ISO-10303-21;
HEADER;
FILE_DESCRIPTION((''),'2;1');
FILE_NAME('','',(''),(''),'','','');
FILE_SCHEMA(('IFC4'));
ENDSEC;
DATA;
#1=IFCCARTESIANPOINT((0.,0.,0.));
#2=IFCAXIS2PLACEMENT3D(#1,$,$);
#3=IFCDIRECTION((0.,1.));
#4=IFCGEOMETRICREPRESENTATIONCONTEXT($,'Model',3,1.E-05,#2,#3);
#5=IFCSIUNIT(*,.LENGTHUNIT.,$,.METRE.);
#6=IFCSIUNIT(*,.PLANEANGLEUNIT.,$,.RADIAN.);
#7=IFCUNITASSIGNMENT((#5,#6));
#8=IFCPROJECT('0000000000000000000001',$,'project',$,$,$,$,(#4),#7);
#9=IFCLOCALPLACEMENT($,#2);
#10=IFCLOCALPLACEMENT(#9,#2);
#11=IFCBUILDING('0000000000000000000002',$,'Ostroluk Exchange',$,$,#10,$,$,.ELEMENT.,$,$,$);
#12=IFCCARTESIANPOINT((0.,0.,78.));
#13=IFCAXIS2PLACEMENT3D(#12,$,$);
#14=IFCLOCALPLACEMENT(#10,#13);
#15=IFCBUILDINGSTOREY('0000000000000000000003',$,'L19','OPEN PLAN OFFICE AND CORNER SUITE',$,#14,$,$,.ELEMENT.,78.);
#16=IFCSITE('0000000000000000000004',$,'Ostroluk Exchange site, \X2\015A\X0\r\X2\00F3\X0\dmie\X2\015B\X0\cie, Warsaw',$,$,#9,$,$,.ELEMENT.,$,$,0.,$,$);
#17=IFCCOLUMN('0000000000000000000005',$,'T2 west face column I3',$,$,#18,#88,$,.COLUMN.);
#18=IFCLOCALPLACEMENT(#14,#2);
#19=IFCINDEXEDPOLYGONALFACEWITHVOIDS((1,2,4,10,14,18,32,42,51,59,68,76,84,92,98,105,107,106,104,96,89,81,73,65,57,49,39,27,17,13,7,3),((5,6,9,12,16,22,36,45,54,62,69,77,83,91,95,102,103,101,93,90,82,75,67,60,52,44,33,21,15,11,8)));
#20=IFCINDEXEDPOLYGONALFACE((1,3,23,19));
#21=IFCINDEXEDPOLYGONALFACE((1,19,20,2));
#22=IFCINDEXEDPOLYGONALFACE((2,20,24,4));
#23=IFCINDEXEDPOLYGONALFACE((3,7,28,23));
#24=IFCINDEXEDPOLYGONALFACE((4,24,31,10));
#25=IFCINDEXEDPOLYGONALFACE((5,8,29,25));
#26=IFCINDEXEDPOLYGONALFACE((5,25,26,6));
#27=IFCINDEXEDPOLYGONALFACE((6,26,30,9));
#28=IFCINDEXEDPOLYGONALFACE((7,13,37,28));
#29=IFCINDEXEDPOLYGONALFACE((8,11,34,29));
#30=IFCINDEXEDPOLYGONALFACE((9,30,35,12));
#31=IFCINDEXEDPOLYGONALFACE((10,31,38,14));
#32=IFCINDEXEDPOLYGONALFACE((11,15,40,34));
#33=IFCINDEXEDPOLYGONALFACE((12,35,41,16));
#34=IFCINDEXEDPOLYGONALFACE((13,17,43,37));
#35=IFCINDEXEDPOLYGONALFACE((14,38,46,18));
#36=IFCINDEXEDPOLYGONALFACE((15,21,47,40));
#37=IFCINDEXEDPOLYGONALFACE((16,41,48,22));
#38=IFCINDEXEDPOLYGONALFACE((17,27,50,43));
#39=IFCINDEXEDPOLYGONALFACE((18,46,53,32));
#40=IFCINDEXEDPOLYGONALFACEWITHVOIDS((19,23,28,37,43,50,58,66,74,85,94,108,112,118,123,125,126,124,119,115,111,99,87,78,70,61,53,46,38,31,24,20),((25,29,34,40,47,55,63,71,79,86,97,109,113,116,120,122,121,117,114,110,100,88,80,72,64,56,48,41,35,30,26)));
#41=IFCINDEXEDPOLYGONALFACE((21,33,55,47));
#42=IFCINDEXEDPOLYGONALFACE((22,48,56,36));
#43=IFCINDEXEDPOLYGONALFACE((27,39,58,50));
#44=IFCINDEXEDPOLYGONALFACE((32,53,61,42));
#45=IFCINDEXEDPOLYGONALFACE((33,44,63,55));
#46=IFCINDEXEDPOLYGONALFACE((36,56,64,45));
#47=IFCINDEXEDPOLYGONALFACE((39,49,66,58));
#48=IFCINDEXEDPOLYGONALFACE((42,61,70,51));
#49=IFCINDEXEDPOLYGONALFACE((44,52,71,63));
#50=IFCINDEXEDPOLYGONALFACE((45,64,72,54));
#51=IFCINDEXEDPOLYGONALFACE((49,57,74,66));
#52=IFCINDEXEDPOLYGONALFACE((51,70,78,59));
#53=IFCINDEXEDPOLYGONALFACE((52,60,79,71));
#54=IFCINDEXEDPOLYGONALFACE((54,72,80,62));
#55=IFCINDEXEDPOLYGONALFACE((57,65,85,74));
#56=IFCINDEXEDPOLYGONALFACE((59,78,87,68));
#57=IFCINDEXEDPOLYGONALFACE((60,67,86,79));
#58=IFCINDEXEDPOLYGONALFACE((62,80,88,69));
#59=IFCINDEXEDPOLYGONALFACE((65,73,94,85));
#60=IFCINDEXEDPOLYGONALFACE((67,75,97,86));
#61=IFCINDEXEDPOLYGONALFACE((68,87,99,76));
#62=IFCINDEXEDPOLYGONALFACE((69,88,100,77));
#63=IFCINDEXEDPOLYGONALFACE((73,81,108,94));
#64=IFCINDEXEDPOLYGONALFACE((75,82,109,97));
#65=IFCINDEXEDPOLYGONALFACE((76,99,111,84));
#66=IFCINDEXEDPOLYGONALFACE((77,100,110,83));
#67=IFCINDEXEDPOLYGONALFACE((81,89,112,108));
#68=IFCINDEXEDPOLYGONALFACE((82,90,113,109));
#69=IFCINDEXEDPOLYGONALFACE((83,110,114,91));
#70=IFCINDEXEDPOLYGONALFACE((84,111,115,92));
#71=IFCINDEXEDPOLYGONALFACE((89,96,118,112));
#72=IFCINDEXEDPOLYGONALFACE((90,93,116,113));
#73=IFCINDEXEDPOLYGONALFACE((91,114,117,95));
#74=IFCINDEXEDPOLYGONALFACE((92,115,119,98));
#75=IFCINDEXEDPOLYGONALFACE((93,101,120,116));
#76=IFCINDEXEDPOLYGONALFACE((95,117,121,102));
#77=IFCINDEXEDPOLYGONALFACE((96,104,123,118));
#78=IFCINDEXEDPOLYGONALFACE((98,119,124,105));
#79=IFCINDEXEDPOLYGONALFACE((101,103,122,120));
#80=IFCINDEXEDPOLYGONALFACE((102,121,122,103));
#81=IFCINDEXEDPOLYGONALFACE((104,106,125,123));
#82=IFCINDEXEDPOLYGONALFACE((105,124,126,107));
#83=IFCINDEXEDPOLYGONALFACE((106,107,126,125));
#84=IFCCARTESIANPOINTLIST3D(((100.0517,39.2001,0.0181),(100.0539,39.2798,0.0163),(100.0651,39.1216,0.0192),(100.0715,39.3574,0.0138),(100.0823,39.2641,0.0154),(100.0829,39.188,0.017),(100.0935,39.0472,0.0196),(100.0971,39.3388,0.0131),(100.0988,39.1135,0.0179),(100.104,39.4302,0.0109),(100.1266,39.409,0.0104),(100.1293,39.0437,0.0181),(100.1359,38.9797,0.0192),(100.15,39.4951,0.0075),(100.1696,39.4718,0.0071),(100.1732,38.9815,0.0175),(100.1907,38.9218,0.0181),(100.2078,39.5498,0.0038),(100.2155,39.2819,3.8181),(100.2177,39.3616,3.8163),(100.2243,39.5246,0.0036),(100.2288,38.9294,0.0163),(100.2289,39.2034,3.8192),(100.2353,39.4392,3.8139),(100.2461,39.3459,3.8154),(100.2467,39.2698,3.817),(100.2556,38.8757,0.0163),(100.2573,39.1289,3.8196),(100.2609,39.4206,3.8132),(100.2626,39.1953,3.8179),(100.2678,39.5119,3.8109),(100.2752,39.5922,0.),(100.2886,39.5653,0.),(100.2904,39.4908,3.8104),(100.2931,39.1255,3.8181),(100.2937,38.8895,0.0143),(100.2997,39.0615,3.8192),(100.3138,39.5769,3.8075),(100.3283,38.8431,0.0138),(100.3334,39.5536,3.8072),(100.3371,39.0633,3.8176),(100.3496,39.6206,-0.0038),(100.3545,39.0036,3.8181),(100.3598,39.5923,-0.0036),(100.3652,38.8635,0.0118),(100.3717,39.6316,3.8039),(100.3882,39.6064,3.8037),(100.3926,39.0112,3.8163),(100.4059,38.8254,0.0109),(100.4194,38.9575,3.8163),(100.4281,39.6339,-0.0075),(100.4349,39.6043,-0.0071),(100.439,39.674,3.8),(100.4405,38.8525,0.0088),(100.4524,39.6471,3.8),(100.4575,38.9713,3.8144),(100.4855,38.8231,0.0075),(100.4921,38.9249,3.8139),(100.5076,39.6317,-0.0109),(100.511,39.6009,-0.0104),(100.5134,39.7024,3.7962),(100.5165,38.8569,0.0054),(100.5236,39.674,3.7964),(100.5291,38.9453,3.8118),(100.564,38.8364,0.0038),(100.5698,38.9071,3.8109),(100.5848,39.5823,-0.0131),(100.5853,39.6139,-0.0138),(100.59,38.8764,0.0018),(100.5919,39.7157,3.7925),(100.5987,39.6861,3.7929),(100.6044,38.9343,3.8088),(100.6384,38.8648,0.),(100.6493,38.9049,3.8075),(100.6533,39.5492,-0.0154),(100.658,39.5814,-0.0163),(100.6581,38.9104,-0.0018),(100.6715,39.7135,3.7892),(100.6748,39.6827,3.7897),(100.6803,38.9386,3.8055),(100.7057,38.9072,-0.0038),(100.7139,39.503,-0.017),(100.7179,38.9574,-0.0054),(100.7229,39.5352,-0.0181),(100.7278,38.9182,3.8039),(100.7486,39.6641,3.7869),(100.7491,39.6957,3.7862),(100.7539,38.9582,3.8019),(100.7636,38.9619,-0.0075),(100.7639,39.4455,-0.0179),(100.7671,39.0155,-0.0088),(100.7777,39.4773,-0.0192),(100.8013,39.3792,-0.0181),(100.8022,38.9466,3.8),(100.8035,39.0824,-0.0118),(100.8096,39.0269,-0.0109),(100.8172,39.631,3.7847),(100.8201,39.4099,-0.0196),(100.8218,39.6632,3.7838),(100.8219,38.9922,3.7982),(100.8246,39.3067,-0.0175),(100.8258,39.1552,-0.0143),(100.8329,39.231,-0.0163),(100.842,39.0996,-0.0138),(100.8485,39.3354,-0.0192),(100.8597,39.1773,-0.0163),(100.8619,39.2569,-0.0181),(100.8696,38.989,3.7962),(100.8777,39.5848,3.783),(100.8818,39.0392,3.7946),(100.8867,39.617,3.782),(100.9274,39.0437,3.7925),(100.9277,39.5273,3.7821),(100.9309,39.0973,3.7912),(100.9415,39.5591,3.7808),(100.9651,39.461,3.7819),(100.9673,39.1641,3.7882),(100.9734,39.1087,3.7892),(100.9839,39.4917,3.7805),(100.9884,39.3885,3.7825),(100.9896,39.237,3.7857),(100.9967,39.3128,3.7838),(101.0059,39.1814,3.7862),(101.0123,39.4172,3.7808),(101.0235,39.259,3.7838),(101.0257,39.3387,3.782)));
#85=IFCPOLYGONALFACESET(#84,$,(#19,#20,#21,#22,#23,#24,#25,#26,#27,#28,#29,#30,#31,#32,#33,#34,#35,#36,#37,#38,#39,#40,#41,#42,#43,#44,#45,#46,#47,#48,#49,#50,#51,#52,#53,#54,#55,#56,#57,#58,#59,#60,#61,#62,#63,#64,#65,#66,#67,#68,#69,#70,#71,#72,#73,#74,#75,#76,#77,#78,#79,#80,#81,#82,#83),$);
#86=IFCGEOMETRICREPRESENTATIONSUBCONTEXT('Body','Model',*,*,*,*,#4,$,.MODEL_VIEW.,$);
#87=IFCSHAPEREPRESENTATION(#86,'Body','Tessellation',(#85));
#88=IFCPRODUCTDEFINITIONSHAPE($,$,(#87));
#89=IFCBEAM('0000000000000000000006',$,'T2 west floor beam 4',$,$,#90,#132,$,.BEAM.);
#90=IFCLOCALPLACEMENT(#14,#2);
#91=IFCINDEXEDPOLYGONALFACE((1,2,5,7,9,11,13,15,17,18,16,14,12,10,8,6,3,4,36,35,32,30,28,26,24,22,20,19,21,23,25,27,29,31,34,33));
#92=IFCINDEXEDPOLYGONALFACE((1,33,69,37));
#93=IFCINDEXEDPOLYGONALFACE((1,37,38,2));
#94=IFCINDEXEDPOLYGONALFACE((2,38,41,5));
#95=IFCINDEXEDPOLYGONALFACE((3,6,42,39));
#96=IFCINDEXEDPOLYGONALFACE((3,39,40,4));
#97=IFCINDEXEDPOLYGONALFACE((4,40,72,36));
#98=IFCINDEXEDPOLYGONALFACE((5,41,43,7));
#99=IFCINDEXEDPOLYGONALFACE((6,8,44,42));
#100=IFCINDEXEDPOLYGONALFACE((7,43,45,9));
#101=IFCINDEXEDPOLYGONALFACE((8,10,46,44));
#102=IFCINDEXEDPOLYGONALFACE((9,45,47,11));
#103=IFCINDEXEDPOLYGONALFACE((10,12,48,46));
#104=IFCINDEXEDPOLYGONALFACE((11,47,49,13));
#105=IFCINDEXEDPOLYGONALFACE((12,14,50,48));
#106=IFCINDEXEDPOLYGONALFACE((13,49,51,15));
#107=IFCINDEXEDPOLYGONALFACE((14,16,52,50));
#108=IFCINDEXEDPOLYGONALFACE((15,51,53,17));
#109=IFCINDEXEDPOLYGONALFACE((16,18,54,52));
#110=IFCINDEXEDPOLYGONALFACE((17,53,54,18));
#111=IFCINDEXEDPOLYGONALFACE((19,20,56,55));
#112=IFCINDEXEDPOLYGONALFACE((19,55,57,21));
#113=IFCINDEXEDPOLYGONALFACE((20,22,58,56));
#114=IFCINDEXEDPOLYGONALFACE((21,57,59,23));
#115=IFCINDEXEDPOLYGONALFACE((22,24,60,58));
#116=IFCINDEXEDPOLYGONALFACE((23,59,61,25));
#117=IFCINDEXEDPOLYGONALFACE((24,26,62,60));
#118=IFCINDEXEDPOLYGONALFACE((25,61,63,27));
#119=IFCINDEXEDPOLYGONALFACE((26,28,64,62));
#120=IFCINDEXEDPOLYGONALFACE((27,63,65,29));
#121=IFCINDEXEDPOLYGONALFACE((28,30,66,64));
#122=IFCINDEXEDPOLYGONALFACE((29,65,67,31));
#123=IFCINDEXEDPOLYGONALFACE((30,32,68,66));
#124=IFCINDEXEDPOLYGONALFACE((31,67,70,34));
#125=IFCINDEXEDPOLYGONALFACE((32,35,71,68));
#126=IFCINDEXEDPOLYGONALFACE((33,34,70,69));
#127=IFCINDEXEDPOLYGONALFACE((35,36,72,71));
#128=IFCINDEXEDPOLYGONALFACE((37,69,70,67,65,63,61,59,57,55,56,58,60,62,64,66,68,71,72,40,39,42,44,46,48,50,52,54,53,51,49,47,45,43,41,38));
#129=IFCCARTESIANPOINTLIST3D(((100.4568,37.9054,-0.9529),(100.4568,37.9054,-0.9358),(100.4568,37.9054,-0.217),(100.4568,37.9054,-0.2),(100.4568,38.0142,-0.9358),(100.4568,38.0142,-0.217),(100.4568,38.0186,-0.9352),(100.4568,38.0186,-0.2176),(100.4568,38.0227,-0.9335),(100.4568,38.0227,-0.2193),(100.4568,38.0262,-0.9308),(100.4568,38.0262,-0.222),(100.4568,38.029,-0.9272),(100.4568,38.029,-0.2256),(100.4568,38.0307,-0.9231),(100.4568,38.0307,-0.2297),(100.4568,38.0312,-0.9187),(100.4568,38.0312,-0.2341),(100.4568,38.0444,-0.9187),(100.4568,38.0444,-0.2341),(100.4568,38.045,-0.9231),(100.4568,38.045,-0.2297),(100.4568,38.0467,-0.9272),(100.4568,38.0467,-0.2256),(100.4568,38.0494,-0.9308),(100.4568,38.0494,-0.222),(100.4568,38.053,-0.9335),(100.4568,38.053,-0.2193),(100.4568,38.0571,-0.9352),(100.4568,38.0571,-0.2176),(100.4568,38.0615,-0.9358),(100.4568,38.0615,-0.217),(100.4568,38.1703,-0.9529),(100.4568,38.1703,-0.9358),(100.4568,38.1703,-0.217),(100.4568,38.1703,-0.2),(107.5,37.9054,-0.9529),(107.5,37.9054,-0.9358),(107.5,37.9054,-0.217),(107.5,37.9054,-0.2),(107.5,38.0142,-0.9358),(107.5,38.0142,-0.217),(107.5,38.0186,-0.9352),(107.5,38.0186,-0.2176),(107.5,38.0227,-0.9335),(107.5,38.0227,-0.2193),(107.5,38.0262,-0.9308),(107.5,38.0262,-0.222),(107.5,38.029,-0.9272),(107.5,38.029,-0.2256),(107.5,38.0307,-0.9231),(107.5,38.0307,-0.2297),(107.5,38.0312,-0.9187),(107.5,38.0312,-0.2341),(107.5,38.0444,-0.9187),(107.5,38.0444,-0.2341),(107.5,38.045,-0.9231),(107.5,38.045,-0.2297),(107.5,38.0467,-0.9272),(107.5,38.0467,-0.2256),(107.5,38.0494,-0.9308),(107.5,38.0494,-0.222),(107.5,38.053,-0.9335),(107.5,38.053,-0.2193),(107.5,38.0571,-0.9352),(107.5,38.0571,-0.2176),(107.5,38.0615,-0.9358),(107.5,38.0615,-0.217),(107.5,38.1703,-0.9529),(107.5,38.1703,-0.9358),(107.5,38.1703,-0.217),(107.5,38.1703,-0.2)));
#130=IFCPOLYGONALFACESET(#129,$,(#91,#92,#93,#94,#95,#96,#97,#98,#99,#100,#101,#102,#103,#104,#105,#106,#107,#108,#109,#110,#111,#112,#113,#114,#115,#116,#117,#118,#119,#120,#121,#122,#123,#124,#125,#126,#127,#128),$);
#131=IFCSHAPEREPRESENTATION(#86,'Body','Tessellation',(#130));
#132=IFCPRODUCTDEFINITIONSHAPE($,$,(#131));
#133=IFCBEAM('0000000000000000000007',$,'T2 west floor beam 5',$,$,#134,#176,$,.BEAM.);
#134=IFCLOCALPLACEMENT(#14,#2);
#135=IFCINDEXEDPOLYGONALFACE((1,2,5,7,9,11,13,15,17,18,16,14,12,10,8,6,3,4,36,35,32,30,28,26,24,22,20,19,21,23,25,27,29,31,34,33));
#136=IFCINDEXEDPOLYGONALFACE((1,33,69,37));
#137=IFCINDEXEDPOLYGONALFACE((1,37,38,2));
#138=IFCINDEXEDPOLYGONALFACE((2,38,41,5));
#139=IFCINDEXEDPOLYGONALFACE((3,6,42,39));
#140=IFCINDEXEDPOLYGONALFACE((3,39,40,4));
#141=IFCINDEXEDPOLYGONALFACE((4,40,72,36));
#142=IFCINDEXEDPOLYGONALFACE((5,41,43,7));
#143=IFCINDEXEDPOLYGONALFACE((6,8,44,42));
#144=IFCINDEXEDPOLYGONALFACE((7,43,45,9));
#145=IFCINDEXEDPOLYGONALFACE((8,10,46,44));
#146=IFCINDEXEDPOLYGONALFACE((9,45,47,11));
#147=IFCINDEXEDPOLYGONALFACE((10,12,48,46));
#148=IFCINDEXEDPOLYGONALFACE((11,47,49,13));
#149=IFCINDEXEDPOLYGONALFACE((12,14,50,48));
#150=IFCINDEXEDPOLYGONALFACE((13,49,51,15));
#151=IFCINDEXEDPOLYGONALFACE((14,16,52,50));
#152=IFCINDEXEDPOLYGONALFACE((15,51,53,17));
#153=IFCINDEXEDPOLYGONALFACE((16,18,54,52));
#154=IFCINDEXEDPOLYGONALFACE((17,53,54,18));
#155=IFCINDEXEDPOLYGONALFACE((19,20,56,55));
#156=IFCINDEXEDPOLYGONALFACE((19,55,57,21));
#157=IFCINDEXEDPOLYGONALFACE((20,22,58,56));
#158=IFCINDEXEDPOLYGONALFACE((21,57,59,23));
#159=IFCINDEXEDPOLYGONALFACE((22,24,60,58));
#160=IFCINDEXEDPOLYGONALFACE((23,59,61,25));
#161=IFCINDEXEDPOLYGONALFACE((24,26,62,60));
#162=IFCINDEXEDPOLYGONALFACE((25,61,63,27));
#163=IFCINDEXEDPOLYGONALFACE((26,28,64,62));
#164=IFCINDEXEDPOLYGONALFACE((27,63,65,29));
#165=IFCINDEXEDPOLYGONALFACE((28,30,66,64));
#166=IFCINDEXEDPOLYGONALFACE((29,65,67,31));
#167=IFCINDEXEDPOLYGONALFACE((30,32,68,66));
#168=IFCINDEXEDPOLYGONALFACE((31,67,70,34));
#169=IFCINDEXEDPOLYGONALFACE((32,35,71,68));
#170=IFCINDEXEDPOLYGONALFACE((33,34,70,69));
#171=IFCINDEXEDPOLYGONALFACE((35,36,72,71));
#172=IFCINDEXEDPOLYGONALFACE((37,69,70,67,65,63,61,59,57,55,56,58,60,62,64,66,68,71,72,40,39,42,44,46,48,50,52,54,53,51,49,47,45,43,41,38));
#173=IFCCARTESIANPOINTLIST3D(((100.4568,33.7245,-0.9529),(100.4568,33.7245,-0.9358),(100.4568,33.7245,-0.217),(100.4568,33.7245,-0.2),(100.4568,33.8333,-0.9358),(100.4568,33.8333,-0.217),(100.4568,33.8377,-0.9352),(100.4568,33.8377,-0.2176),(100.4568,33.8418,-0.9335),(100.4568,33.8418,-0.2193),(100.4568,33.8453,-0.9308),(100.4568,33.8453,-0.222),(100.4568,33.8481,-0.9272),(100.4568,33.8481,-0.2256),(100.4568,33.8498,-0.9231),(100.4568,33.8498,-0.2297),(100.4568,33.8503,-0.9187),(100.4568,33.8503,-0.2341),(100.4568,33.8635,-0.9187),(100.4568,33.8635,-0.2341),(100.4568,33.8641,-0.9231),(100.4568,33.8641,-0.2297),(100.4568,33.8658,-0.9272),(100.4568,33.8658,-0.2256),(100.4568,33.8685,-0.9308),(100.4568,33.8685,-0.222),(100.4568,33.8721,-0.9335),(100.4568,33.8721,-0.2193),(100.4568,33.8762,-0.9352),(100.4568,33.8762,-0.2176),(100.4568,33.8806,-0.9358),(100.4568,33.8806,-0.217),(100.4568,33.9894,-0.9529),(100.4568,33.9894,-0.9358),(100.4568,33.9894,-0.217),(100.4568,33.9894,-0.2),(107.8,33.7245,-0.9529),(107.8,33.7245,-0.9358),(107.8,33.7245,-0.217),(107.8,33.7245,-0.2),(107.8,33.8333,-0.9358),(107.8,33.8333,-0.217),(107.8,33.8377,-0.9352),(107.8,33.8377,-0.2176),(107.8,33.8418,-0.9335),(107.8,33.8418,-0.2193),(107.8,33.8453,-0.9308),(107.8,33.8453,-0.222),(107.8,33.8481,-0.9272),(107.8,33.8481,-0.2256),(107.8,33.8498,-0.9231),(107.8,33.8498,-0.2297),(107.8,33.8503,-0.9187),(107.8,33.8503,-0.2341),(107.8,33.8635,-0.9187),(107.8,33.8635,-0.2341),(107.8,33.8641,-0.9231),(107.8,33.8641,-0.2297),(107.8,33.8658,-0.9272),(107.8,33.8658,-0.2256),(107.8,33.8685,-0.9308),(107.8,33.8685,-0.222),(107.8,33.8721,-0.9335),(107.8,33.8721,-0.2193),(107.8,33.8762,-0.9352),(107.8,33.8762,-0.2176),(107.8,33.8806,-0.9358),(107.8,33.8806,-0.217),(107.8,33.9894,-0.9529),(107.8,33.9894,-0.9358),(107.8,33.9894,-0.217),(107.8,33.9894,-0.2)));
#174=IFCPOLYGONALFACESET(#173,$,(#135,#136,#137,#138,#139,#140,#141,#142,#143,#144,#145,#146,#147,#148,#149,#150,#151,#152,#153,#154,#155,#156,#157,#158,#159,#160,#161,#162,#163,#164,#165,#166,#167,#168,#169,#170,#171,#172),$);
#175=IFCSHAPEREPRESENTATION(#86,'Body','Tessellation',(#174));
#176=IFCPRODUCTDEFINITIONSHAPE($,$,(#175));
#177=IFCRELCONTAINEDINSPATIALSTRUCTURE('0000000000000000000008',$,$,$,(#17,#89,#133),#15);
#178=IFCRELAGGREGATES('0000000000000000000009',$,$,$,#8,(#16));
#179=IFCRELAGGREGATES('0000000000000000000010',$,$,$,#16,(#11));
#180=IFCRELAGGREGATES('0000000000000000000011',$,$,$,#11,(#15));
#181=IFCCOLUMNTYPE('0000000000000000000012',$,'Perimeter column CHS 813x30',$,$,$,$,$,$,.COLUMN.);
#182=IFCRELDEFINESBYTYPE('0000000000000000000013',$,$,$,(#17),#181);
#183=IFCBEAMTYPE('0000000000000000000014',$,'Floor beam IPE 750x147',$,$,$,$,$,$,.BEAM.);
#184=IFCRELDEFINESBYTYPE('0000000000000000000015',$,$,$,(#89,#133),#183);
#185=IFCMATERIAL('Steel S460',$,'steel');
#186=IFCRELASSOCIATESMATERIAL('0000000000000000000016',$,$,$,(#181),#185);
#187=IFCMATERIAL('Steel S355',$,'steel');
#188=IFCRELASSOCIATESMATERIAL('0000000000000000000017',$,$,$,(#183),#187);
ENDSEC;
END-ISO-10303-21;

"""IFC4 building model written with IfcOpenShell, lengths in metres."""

from ifc_helpers import new_model, si_unit, direction, frame, origin, origin_2d, place, context, subcontext, project, spatial, hollow_circle, i_section, extrude, material, material_profile, profile_set, type_object, element, save


model = new_model("IFC4")

# Units and contexts
model_context = context("Model", 3, precision=1e-05, world=origin(), true_north=direction((0.0, 1.0)))
body_context = subcontext(model_context, "Body", "Model", "MODEL_VIEW")
ifc_project = project(units=[si_unit("LENGTHUNIT", "METRE"), si_unit("PLANEANGLEUNIT", "RADIAN")], contexts=[model_context])

# Site, building, storey
site_placement = place(None, origin())
site = spatial("IfcSite", under=ifc_project, at=site_placement, Name="Ostroluk Exchange site, Śródmieście, Warsaw", CompositionType="ELEMENT", RefElevation=0.0)
building_placement = place(site_placement, origin())
building = spatial("IfcBuilding", under=site, at=building_placement, Name="Ostroluk Exchange", CompositionType="ELEMENT")
storey_placement = place(building_placement, frame((0.0, 0.0, 78.0)))
storey = spatial("IfcBuildingStorey", under=building, at=storey_placement, Name="L19", Description="OPEN PLAN OFFICE AND CORNER SUITE", CompositionType="ELEMENT", Elevation=78.0)

# Column
ifc_material_1 = material(Name="Steel S460", Category="steel")
ifc_material_profile_1 = material_profile(ifc_material_1, hollow_circle(Radius=0.4065, WallThickness=0.03, at=origin_2d()), Name="CHS 813x30")
ifc_profile_set_1 = profile_set([ifc_material_profile_1], Name="Steel S460")
column_type = type_object("IfcColumnType", Name="Perimeter column CHS 813x30", PredefinedType="COLUMN", material=ifc_profile_set_1)
column_placement = place(storey_placement, frame((100.4568, 39.2285, 0.0), z_axis=(0.04306, 0.021498, 0.998841), x_axis=(-0.44668, 0.894694, 0.0)))
element("IfcColumn", 1, at=column_placement, inside=storey, type_object=column_type, Name="T2 west face column I3", PredefinedType="COLUMN", context=body_context, shape_type="SweptSolid", body=[
    extrude(hollow_circle(Radius=0.4065, WallThickness=0.03, at=origin_2d()), origin(), (0.0, 0.0, 1.0), 3.8044),
])

# Beams
ifc_material_2 = material(Name="Steel S355", Category="steel")
ifc_material_profile_2 = material_profile(ifc_material_2, i_section(OverallWidth=0.2649, OverallDepth=0.7529, WebThickness=0.0132, FlangeThickness=0.0171, FilletRadius=0.0171, at=origin_2d()), Name="IPE 750x147")
ifc_profile_set_2 = profile_set([ifc_material_profile_2], Name="Steel S355")
beam_type_1 = type_object("IfcBeamType", Name="Floor beam IPE 750x147", PredefinedType="BEAM", material=ifc_profile_set_2)
beam_1_placement = place(storey_placement, frame((107.5, 38.0378, -0.5764), z_axis=(-1.0, 0.0, 0.0), x_axis=(0.0, -1.0, 0.0)))
element("IfcBeam", 2, at=beam_1_placement, inside=storey, type_object=beam_type_1, Name="T2 west floor beam 4", PredefinedType="BEAM", context=body_context, shape_type="SweptSolid", body=[
    extrude(i_section(OverallWidth=0.2649, OverallDepth=0.7529, WebThickness=0.0132, FlangeThickness=0.0171, FilletRadius=0.0171, at=origin_2d()), origin(), (0.0, 0.0, 1.0), 7.0432),
])
beam_2_placement = place(storey_placement, frame((107.8, 33.8569, -0.5764), z_axis=(-1.0, 0.0, 0.0), x_axis=(0.0, -1.0, 0.0)))
element("IfcBeam", 3, at=beam_2_placement, inside=storey, type_object=beam_type_1, Name="T2 west floor beam 5", PredefinedType="BEAM", context=body_context, shape_type="SweptSolid", body=[
    extrude(i_section(OverallWidth=0.2649, OverallDepth=0.7529, WebThickness=0.0132, FlangeThickness=0.0171, FilletRadius=0.0171, at=origin_2d()), origin(), (0.0, 0.0, 1.0), 7.3433),
])

save(model, "model.ifc")
